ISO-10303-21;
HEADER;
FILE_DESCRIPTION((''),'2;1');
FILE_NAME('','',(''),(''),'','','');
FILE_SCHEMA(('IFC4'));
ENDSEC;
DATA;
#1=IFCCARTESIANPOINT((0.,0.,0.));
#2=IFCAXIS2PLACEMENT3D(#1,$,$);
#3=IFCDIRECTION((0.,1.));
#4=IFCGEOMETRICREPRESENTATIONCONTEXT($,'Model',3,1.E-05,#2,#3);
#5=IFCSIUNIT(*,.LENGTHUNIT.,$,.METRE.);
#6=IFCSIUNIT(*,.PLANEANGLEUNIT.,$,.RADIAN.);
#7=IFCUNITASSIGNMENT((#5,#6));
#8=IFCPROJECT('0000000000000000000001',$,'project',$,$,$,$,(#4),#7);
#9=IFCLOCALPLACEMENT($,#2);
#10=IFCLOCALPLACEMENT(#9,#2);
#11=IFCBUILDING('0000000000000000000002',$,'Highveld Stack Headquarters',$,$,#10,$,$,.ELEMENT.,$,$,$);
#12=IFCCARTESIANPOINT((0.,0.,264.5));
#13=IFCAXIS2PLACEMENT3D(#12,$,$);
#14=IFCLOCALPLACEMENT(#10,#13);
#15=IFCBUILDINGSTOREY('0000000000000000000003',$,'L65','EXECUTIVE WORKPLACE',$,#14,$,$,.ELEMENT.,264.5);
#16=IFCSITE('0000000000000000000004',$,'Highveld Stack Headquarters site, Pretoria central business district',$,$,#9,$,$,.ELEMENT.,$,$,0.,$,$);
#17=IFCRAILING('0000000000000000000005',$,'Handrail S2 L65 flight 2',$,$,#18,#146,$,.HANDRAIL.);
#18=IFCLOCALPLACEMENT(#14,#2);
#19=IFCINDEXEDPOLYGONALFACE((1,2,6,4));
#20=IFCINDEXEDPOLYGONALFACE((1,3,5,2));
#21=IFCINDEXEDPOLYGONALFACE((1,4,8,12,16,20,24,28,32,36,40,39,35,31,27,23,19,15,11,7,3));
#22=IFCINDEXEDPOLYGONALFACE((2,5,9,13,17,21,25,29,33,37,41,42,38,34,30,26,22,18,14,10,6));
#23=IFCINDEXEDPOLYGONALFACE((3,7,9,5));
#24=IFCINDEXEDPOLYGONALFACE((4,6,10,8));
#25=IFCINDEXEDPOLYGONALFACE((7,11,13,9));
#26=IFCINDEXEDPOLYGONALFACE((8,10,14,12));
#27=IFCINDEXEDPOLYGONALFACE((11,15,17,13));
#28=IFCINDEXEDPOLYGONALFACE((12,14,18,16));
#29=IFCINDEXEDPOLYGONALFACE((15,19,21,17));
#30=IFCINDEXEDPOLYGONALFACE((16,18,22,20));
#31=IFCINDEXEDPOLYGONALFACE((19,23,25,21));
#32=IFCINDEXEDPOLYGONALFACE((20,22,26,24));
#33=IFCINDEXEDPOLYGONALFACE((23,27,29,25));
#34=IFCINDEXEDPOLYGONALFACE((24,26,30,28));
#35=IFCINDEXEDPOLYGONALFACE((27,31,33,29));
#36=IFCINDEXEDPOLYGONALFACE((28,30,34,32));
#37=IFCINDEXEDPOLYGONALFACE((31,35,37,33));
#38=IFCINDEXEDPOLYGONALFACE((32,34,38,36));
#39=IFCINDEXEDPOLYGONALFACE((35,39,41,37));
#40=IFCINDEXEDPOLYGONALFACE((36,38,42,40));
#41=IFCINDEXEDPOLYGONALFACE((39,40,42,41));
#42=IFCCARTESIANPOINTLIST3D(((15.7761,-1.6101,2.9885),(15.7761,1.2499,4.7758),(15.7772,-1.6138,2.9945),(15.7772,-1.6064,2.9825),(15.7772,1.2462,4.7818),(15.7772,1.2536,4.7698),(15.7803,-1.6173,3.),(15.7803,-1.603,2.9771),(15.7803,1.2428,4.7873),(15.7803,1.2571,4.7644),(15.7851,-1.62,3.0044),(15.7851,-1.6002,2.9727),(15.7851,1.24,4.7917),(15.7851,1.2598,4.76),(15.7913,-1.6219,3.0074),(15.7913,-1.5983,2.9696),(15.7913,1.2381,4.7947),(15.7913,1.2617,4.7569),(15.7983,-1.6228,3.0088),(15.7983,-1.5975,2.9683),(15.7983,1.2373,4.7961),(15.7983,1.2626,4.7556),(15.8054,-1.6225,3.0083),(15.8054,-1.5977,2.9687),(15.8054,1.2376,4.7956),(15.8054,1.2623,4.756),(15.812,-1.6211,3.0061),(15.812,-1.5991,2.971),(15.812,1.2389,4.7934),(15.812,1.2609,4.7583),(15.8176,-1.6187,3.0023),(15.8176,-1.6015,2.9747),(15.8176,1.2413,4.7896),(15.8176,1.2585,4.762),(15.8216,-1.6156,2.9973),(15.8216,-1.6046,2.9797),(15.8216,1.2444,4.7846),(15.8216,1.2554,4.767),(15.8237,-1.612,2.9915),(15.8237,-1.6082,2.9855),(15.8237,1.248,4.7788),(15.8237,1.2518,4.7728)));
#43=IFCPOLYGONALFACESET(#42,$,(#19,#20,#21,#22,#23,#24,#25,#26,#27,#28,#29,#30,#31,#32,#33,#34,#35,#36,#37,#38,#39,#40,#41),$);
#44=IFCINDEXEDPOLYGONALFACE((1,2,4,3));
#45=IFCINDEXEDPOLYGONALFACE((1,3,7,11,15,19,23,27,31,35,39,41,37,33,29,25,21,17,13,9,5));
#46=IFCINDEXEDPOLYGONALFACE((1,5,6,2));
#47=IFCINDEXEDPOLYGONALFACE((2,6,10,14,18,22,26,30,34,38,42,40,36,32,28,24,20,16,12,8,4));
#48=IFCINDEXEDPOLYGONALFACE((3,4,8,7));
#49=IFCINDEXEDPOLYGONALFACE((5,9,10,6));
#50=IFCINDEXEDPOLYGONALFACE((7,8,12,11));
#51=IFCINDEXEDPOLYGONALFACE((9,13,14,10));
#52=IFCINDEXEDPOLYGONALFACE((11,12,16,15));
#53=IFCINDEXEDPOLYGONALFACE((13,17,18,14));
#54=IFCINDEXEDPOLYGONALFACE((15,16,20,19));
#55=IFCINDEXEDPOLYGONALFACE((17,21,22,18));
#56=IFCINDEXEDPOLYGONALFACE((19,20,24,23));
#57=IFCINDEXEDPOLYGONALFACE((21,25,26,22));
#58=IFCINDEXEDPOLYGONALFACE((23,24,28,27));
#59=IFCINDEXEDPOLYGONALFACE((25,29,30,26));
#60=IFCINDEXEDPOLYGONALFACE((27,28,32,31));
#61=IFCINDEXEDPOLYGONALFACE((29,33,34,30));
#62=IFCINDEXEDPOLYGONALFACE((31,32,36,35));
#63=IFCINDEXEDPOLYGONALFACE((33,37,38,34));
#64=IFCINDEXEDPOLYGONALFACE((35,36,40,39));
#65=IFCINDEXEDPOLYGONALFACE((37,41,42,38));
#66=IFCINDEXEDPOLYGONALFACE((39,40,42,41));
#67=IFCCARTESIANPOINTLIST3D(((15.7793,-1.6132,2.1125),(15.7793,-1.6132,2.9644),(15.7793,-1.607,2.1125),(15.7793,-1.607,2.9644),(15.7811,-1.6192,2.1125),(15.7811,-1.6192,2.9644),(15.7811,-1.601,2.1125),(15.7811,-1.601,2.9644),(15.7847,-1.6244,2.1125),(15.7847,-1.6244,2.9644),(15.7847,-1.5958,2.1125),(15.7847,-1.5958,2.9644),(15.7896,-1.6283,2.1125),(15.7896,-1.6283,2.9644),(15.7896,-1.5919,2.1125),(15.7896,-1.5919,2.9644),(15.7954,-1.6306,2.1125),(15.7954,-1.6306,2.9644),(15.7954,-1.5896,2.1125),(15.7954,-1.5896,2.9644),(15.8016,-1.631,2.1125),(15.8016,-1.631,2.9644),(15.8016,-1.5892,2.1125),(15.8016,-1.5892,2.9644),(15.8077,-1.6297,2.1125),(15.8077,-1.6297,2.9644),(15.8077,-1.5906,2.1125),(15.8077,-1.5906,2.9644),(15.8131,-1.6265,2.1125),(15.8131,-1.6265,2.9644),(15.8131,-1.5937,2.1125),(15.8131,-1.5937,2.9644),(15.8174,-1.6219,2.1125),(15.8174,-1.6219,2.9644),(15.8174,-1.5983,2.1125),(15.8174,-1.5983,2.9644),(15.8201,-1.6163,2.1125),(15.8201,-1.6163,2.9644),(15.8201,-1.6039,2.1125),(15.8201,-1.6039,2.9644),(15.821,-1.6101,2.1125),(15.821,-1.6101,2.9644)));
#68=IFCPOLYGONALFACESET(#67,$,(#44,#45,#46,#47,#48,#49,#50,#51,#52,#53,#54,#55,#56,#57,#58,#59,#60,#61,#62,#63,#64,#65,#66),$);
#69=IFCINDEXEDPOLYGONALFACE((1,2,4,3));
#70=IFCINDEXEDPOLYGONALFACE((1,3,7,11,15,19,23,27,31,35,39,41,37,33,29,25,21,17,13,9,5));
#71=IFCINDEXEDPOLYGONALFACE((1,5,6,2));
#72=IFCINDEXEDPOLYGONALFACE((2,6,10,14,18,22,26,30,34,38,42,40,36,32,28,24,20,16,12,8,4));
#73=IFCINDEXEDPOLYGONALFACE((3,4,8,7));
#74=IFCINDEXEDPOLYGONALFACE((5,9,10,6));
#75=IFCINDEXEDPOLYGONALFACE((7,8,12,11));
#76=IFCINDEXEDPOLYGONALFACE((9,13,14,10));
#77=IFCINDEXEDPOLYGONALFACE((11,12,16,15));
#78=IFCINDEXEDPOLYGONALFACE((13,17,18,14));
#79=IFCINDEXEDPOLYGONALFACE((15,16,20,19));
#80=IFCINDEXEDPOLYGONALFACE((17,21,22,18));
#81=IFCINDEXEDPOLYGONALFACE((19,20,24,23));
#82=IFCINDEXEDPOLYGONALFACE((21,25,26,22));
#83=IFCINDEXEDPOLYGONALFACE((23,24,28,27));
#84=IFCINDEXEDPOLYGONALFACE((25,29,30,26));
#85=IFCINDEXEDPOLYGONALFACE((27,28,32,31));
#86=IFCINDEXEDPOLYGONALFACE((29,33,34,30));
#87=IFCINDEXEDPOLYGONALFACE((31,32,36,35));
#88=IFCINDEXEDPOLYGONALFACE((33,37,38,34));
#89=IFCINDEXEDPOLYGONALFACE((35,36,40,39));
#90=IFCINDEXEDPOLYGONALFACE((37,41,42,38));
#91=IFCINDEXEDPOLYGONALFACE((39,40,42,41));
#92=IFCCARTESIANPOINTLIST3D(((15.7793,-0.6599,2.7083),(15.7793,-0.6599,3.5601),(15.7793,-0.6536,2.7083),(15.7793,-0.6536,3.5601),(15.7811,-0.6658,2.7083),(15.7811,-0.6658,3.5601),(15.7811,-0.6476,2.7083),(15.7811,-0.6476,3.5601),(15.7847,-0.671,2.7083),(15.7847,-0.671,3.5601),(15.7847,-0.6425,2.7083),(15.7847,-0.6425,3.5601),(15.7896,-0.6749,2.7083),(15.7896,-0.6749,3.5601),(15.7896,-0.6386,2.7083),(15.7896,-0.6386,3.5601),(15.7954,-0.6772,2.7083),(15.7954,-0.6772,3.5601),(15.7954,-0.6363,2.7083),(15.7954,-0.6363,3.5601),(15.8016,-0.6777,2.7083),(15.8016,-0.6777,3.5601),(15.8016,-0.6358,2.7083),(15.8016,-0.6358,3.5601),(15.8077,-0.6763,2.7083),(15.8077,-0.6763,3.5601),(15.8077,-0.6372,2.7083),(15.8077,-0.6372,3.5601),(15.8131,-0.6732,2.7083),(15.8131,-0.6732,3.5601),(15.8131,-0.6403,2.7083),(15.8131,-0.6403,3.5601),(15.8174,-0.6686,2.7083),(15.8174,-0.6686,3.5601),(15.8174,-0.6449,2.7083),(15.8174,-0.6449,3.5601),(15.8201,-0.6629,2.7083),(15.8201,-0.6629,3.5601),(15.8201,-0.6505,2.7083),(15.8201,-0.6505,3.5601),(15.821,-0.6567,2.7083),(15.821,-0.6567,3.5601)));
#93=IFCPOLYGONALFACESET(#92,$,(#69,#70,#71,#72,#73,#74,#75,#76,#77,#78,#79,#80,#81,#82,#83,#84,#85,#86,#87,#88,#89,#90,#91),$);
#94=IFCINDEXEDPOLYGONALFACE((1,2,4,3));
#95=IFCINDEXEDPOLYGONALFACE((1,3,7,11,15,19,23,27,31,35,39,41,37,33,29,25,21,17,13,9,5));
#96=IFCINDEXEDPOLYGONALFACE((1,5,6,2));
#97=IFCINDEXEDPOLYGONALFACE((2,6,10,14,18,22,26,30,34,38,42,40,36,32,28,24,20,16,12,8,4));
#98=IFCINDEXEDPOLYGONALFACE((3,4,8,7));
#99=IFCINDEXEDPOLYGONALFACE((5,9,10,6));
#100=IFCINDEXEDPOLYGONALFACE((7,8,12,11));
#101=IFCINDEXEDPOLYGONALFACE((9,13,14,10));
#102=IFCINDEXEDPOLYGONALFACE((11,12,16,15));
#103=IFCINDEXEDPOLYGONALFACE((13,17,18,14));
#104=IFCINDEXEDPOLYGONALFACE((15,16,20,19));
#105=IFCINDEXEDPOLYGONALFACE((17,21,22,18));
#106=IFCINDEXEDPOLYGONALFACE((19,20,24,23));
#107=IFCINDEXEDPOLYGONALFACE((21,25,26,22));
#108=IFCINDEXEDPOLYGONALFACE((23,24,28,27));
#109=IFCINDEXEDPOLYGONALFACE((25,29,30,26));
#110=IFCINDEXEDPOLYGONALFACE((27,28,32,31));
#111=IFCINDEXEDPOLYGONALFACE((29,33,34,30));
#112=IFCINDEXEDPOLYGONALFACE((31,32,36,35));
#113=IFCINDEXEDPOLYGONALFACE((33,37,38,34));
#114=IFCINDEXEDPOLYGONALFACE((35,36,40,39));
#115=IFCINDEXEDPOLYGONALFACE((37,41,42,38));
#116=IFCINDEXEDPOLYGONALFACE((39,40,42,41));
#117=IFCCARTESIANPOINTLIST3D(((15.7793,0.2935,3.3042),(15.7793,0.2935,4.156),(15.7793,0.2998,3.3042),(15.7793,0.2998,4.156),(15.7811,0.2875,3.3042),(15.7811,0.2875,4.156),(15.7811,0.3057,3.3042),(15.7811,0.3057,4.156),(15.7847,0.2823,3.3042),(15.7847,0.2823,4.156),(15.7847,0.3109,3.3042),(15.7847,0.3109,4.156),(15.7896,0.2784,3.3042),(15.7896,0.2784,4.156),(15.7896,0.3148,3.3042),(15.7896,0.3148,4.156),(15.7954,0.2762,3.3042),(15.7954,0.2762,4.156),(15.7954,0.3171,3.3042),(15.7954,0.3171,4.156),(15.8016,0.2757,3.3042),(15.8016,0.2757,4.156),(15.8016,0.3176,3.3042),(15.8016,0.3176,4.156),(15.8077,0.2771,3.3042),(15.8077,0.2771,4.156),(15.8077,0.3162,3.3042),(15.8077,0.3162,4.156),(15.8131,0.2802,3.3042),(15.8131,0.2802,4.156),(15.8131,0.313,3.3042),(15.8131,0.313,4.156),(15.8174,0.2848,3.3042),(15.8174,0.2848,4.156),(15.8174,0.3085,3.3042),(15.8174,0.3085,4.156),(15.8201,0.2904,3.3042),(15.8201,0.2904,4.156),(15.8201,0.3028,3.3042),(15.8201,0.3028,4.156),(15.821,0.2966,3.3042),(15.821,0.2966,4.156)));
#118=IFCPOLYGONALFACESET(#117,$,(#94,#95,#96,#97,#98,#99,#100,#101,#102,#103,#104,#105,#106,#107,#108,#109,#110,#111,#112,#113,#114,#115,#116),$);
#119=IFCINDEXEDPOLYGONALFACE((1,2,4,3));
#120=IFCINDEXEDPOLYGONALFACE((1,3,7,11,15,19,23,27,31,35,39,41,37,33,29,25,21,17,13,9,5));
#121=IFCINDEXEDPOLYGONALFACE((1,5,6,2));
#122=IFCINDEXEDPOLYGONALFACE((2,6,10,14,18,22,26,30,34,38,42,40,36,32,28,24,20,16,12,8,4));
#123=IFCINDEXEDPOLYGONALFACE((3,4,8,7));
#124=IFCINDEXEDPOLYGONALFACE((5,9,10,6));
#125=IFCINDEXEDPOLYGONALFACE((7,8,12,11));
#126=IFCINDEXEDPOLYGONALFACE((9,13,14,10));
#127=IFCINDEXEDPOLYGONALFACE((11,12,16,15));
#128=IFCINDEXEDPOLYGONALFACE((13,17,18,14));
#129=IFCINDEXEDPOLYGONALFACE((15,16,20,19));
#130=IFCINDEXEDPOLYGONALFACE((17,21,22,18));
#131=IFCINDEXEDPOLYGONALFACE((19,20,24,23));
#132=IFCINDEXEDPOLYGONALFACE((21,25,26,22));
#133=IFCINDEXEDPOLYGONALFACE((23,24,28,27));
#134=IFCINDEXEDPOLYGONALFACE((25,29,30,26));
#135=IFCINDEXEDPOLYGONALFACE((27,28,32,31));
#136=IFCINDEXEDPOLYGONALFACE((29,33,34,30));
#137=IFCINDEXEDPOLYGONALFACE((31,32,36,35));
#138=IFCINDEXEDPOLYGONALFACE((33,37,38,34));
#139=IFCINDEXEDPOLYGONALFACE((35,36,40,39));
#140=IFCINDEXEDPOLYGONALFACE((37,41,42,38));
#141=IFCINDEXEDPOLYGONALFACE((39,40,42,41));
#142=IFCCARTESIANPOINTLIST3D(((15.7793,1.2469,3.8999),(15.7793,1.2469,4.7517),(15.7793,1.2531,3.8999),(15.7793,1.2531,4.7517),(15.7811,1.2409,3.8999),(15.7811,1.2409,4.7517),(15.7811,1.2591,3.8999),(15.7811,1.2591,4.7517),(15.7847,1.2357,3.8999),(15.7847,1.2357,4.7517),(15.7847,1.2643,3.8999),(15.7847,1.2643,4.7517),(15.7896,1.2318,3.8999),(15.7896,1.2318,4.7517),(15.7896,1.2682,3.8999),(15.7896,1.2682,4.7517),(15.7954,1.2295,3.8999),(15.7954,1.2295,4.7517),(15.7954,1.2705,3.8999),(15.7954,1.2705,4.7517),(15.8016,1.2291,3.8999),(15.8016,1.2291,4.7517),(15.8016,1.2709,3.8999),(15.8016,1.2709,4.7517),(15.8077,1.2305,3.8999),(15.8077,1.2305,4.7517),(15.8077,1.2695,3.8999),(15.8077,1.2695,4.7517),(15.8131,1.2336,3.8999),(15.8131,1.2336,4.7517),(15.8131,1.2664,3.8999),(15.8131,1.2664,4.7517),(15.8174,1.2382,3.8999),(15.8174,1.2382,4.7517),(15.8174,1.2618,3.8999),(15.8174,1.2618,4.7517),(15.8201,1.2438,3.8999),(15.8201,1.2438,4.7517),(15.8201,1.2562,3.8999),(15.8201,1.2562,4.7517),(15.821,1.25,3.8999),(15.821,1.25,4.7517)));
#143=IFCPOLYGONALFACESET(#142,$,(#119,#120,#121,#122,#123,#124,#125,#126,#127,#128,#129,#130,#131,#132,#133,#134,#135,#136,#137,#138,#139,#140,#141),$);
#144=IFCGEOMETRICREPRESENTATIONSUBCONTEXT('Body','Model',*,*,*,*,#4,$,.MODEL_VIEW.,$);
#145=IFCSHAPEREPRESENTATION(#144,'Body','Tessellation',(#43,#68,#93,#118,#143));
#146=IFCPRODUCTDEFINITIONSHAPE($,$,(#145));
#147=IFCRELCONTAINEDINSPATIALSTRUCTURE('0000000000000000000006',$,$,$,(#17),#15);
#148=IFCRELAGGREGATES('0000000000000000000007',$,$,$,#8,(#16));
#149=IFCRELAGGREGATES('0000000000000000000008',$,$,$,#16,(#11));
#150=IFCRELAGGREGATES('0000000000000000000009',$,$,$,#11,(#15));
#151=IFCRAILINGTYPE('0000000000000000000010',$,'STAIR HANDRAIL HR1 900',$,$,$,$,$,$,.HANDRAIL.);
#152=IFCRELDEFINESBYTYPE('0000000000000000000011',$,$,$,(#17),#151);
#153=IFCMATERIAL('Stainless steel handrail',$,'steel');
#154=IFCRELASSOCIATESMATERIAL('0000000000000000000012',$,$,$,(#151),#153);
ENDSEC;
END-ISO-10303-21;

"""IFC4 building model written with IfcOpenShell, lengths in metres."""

from ifc_helpers import new_model, si_unit, direction, frame, origin, origin_2d, place, context, subcontext, project, spatial, circle, extrude, material, type_object, element, save


model = new_model("IFC4")

# Units and contexts
model_context = context("Model", 3, precision=1e-05, world=origin(), true_north=direction((0.0, 1.0)))
body_context = subcontext(model_context, "Body", "Model", "MODEL_VIEW")
ifc_project = project(units=[si_unit("LENGTHUNIT", "METRE"), si_unit("PLANEANGLEUNIT", "RADIAN")], contexts=[model_context])

# Site, building, storey
site_placement = place(None, origin())
site = spatial("IfcSite", under=ifc_project, at=site_placement, Name="Highveld Stack Headquarters site, Pretoria central business district", CompositionType="ELEMENT", RefElevation=0.0)
building_placement = place(site_placement, origin())
building = spatial("IfcBuilding", under=site, at=building_placement, Name="Highveld Stack Headquarters", CompositionType="ELEMENT")
storey_placement = place(building_placement, frame((0.0, 0.0, 264.5)))
storey = spatial("IfcBuildingStorey", under=building, at=storey_placement, Name="L65", Description="EXECUTIVE WORKPLACE", CompositionType="ELEMENT", Elevation=264.5)

# Railing
ifc_material_1 = material(Name="Stainless steel handrail", Category="steel")
railing_type = type_object("IfcRailingType", Name="STAIR HANDRAIL HR1 900", PredefinedType="HANDRAIL", material=ifc_material_1)
for number, where, name in (
    (1, (15.8, -1.6101, 2.1125), "Handrail S2 L65 flight 2"),
):
    element("IfcRailing", number, at=place(storey_placement, frame(where)), inside=storey, type_object=railing_type, Name=name, PredefinedType="HANDRAIL", context=body_context, shape_type="SweptSolid", body=[
        extrude(circle(Radius=0.0239, at=origin_2d()), frame((0.0, 0.0, 0.876), z_axis=(0.0, 0.848027, 0.529953), x_axis=(-1.0, 0.0, 0.0)), (0.0, 0.0, 1.0), 3.3726),
        extrude(circle(Radius=0.021, at=origin_2d()), origin(), (0.0, 0.0, 1.0), 0.8518),
        extrude(circle(Radius=0.021, at=origin_2d()), frame((0.0, 0.9534, 0.5957)), (0.0, 0.0, 1.0), 0.8518),
        extrude(circle(Radius=0.021, at=origin_2d()), frame((0.0, 1.9067, 1.1917)), (0.0, 0.0, 1.0), 0.8518),
        extrude(circle(Radius=0.021, at=origin_2d()), frame((0.0, 2.8601, 1.7874)), (0.0, 0.0, 1.0), 0.8518),
    ])

save(model, "model.ifc")
